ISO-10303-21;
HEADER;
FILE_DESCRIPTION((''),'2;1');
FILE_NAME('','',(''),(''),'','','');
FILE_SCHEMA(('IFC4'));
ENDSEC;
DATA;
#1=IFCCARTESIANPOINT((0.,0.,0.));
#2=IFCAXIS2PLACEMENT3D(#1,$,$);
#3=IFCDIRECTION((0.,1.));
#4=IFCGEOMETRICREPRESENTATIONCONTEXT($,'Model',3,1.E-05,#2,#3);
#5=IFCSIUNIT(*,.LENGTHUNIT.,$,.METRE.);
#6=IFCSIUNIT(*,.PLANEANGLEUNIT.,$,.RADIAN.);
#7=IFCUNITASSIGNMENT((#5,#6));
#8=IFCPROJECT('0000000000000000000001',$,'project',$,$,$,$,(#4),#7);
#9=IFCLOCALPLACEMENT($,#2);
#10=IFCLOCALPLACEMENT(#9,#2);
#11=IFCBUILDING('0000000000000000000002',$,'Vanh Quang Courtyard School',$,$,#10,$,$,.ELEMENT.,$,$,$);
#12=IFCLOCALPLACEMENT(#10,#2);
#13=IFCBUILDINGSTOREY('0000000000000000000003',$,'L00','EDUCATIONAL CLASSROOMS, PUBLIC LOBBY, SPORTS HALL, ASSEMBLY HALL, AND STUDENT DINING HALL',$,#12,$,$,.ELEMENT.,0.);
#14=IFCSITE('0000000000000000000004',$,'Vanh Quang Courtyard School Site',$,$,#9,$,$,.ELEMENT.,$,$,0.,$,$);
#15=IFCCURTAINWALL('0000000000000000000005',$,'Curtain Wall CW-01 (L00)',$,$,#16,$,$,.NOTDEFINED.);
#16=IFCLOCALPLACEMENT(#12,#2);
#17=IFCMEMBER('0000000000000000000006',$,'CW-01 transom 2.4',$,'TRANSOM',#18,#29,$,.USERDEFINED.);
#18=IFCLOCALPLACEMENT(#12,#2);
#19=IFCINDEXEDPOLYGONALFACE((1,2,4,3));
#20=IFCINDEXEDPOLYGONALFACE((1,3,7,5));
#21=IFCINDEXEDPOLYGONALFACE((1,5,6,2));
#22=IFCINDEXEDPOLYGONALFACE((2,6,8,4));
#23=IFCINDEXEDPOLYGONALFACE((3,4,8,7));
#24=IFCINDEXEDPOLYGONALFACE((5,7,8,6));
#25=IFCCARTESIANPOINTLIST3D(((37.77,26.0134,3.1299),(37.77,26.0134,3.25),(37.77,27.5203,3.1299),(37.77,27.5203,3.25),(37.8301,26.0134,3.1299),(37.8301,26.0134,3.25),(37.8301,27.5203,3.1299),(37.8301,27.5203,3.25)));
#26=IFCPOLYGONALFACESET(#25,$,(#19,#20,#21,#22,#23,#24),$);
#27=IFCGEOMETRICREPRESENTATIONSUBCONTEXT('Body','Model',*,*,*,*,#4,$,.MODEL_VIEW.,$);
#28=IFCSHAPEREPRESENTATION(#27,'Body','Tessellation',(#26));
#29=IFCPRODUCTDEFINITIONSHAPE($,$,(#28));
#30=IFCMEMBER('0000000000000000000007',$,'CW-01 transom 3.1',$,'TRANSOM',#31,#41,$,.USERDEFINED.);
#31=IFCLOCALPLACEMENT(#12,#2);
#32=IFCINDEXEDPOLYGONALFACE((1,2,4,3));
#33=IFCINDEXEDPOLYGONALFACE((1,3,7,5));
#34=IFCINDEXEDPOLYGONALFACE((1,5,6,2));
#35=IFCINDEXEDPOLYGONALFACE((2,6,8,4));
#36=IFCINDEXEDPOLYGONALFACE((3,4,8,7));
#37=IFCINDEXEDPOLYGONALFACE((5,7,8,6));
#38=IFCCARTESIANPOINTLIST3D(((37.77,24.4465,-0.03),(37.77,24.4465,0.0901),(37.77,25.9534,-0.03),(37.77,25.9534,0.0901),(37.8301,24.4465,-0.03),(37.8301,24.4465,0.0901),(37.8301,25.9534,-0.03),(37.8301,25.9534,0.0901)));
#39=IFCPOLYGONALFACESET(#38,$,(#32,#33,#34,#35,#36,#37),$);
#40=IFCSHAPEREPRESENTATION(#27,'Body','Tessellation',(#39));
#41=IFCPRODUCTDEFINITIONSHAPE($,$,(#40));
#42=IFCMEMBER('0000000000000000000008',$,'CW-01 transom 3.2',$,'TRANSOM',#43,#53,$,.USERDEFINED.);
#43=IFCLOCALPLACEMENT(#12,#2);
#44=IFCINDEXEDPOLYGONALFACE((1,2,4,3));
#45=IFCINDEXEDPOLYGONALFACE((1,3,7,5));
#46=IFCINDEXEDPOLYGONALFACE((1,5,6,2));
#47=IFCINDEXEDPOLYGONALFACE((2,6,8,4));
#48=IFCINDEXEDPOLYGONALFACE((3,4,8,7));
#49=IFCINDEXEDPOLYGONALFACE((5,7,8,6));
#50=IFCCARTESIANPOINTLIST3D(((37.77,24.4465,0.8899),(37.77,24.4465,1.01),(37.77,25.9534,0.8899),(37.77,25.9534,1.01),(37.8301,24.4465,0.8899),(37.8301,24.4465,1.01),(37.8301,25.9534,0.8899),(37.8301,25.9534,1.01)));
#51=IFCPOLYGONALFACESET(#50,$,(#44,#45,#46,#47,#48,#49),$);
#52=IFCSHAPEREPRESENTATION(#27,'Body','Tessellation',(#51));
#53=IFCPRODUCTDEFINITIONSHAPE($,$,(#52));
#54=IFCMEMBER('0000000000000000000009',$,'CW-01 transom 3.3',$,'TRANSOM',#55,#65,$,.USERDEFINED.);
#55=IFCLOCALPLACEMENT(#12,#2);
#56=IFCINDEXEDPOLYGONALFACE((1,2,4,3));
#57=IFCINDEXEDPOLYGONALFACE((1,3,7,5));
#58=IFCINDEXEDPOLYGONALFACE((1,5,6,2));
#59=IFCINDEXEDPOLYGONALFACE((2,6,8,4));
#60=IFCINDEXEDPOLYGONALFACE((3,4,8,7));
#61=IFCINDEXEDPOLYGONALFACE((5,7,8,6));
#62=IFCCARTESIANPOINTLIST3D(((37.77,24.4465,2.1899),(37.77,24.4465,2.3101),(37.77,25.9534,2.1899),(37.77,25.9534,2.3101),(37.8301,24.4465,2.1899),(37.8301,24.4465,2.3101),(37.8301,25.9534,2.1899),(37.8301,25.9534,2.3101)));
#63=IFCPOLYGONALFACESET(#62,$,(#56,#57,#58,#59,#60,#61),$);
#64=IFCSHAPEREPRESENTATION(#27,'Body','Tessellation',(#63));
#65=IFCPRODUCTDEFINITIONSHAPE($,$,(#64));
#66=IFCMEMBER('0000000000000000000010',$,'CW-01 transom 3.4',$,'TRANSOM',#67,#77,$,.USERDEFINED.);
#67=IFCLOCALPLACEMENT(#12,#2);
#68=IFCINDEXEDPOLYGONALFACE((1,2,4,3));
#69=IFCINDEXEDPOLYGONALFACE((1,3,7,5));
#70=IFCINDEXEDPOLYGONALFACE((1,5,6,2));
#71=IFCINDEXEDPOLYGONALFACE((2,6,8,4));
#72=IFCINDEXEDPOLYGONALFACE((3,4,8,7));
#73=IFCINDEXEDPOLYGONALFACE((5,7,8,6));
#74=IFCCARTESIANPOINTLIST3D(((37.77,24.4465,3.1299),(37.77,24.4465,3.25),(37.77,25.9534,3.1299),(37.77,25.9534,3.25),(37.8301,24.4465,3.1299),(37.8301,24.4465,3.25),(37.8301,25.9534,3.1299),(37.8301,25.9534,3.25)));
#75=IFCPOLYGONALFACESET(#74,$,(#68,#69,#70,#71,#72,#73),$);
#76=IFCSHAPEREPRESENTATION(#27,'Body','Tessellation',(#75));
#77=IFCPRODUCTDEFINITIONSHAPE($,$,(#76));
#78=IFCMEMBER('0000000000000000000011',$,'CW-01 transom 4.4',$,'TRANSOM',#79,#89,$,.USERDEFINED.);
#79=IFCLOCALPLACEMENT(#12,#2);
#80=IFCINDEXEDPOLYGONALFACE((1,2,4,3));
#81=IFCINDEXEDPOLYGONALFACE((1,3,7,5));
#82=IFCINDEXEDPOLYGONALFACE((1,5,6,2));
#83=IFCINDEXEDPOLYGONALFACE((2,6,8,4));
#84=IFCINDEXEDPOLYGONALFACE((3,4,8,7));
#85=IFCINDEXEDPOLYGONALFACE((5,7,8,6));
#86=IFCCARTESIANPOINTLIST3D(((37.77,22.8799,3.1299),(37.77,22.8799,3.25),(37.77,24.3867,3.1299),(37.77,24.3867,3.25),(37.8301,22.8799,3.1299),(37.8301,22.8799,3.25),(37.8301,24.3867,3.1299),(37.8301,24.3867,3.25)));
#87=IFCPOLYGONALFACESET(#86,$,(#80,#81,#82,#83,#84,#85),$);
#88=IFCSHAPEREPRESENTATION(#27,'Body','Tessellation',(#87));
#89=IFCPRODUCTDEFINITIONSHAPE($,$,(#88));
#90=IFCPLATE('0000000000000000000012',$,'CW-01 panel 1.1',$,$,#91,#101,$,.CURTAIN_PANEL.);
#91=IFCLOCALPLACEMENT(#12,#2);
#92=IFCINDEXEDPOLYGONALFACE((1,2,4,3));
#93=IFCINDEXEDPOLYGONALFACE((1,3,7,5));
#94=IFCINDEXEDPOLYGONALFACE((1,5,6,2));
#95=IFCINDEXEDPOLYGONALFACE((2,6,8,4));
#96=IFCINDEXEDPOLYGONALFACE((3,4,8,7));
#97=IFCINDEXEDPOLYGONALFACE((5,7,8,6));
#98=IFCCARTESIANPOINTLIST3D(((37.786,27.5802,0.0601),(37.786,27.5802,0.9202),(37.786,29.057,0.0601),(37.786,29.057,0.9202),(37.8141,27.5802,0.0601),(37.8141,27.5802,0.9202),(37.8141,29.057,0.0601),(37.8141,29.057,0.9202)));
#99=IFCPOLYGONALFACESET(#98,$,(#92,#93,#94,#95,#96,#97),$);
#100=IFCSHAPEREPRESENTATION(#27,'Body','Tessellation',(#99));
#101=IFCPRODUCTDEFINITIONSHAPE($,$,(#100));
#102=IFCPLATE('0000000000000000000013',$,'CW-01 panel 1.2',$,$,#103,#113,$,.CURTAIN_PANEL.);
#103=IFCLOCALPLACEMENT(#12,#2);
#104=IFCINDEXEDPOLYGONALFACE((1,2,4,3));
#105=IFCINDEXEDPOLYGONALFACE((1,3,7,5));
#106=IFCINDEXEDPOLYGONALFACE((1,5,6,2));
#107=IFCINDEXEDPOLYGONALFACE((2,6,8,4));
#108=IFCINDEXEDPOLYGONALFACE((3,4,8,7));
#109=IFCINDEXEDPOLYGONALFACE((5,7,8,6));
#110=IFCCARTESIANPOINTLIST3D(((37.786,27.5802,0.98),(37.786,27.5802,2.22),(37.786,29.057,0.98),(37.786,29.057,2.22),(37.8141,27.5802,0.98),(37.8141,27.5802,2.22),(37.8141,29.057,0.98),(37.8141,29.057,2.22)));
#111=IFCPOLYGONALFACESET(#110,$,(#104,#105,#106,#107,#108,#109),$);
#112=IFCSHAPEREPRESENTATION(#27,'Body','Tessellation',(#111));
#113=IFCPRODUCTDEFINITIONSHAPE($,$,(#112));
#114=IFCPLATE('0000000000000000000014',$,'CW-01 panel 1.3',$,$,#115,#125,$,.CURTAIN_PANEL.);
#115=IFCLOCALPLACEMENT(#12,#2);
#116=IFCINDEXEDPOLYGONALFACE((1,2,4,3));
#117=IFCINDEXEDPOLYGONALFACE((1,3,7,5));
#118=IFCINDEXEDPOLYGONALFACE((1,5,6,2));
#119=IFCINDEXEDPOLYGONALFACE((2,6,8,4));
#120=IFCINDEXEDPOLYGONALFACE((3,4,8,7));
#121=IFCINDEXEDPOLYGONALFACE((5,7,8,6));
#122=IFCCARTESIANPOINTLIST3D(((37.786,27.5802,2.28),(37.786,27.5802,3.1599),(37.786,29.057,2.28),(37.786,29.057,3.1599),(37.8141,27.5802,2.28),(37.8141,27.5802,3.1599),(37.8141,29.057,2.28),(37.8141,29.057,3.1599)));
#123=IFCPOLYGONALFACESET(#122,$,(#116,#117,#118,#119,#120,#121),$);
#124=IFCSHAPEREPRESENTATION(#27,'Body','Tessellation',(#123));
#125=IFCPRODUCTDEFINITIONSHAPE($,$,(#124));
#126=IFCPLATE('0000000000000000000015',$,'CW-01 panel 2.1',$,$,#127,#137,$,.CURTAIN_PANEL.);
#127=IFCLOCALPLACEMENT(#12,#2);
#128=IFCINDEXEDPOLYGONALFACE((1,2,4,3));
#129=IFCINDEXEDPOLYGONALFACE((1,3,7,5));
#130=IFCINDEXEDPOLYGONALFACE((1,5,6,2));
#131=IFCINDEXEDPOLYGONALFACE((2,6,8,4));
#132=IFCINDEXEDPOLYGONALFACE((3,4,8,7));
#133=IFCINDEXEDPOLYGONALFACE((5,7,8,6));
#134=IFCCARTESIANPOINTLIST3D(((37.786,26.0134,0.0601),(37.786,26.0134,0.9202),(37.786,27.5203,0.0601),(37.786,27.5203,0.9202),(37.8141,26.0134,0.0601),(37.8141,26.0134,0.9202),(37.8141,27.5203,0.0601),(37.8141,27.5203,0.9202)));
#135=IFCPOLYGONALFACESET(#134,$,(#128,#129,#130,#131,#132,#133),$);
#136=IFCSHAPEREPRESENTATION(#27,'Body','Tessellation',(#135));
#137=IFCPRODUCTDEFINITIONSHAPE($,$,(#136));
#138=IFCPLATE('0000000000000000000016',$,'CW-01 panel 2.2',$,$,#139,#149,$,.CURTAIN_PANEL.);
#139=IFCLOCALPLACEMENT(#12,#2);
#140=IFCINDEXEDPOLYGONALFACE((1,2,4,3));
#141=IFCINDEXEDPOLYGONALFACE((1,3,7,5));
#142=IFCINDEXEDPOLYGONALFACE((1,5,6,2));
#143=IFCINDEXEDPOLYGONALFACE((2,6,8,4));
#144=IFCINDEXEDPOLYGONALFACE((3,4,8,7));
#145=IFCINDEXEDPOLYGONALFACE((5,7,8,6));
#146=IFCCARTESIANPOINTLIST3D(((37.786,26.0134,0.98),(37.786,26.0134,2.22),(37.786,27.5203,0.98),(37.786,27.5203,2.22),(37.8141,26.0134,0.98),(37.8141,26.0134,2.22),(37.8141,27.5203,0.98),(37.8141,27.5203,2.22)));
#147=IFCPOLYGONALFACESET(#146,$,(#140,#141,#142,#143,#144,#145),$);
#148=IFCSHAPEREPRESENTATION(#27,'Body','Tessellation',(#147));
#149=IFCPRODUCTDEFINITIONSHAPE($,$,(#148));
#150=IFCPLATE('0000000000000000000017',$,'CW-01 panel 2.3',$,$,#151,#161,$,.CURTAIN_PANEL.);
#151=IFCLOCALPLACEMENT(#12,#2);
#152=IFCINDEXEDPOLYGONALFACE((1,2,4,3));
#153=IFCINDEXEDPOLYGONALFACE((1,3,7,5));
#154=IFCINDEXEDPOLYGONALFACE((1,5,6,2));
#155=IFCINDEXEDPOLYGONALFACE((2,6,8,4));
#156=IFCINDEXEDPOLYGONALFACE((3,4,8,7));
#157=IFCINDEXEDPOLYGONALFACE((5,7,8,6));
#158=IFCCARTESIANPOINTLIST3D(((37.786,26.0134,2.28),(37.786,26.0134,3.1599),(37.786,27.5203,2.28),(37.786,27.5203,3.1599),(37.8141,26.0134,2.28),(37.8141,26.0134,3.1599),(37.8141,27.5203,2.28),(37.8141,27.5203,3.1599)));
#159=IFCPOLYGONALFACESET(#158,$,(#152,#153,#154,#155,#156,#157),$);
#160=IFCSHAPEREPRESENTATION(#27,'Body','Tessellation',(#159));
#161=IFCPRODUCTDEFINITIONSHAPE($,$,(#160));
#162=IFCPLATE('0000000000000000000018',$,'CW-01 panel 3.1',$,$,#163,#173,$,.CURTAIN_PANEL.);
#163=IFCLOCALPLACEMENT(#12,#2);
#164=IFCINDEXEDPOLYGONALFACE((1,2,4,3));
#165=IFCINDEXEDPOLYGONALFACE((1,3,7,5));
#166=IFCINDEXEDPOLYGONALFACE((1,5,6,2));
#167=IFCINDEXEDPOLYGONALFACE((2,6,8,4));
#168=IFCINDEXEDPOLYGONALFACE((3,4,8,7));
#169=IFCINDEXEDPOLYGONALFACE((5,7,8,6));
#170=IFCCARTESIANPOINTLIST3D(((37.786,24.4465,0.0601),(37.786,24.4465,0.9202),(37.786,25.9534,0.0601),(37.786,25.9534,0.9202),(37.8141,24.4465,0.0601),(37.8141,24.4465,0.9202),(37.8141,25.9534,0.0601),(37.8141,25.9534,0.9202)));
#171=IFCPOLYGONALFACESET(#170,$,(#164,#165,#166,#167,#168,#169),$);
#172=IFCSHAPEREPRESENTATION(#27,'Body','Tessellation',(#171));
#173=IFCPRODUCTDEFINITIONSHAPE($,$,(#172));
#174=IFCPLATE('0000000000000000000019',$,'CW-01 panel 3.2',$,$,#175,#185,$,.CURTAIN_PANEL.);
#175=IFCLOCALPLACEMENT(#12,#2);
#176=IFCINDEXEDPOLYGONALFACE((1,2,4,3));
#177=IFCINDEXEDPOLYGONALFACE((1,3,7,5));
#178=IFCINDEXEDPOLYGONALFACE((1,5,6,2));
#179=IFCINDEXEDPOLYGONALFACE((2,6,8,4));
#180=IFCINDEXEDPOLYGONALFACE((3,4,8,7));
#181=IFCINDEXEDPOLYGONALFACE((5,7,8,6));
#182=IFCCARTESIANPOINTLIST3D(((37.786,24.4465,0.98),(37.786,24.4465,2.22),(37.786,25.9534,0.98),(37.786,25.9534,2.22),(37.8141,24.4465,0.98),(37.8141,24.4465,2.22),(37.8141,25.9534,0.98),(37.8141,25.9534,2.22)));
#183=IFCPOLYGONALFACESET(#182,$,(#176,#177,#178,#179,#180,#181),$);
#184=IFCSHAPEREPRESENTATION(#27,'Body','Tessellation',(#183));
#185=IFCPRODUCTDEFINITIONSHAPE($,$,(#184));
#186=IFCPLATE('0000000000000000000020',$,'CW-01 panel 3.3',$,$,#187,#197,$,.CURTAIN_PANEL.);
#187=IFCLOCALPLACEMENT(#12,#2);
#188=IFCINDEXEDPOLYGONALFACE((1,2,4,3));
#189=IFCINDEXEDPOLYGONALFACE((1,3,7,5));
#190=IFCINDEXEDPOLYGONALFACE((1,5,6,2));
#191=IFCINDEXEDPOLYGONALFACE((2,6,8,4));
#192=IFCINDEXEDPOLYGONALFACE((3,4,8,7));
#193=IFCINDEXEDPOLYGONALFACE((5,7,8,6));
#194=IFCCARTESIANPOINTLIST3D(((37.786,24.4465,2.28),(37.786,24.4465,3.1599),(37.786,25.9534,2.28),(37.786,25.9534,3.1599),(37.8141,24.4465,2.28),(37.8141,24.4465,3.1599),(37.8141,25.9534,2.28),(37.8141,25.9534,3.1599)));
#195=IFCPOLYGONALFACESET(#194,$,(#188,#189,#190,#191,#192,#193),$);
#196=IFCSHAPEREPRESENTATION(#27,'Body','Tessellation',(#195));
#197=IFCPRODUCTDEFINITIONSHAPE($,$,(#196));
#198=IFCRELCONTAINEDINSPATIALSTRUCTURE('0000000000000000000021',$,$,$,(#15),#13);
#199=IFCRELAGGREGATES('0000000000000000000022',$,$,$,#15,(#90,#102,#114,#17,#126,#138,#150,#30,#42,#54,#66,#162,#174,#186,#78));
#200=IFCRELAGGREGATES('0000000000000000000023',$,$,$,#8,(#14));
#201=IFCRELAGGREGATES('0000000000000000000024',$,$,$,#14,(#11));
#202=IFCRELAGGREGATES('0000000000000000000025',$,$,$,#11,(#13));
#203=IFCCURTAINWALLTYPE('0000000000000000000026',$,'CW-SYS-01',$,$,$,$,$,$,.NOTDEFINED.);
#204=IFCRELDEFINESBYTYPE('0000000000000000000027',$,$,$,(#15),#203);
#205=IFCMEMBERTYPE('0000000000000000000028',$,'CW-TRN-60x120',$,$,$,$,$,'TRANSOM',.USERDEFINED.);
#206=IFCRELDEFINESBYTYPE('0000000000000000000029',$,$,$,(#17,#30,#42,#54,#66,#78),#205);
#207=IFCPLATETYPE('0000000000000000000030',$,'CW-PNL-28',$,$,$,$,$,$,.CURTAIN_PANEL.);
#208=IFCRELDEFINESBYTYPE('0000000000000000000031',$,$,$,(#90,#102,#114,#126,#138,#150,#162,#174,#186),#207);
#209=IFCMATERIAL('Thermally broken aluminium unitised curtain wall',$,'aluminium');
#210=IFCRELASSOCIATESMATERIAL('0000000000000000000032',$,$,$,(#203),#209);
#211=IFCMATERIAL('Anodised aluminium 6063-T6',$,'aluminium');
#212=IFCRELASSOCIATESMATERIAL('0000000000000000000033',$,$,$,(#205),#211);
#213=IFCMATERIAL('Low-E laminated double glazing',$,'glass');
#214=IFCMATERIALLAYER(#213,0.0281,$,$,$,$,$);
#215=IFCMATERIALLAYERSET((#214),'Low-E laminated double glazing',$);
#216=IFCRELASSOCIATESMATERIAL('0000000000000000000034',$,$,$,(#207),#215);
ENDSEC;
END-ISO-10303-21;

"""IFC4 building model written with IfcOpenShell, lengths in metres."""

from ifc_helpers import new_model, si_unit, direction, frame, origin, origin_2d, place, context, subcontext, project, spatial, rectangle, extrude, material, layer, layer_set, material_profile, profile_set, type_object, element, aggregate, save


model = new_model("IFC4")

# Units and contexts
model_context = context("Model", 3, precision=1e-05, world=origin(), true_north=direction((0.0, 1.0)))
body_context = subcontext(model_context, "Body", "Model", "MODEL_VIEW")
ifc_project = project(units=[si_unit("LENGTHUNIT", "METRE"), si_unit("PLANEANGLEUNIT", "RADIAN")], contexts=[model_context])

# Site, building, storey
site_placement = place(None, origin())
site = spatial("IfcSite", under=ifc_project, at=site_placement, Name="Vanh Quang Courtyard School Site", CompositionType="ELEMENT", RefElevation=0.0)
building_placement = place(site_placement, origin())
building = spatial("IfcBuilding", under=site, at=building_placement, Name="Vanh Quang Courtyard School", CompositionType="ELEMENT")
storey_placement = place(building_placement, origin())
storey = spatial("IfcBuildingStorey", under=building, at=storey_placement, Name="L00", Description="EDUCATIONAL CLASSROOMS, PUBLIC LOBBY, SPORTS HALL, ASSEMBLY HALL, AND STUDENT DINING HALL", CompositionType="ELEMENT", Elevation=0.0)

# Curtain wall, members, plates
ifc_material_1 = material(Name="Thermally broken aluminium unitised curtain wall", Category="aluminium")
curtain_wall_type = type_object("IfcCurtainWallType", Name="CW-SYS-01", PredefinedType="NOTDEFINED", material=ifc_material_1)
curtain_wall_placement = place(storey_placement, origin())
curtain_wall = element("IfcCurtainWall", 1, at=curtain_wall_placement, inside=storey, type_object=curtain_wall_type, Name="Curtain Wall CW-01 (L00)", PredefinedType="NOTDEFINED")
ifc_material_2 = material(Name="Anodised aluminium 6063-T6", Category="aluminium")
ifc_material_profile_1 = material_profile(ifc_material_2, rectangle(XDim=0.0601, YDim=0.1201, at=origin_2d()), Name="ALU-TRN 60x120")
ifc_profile_set_1 = profile_set([ifc_material_profile_1], Name="Anodised aluminium 6063-T6")
member_type_1 = type_object("IfcMemberType", Name="CW-TRN-60x120", ElementType="TRANSOM", PredefinedType="USERDEFINED", material=ifc_profile_set_1)
member_1_placement = place(storey_placement, frame((37.8, 27.5203, 3.1899), z_axis=(0.0, -1.0, 0.0), x_axis=(1.0, 0.0, 0.0)))
member_1 = element("IfcMember", 2, at=member_1_placement, type_object=member_type_1, Name="CW-01 transom 2.4", ObjectType="TRANSOM", PredefinedType="USERDEFINED", context=body_context, shape_type="SweptSolid", body=[
    extrude(rectangle(XDim=0.0601, YDim=0.1201, at=origin_2d()), origin(), (0.0, 0.0, 1.0), 1.5068),
])
member_2_placement = place(storey_placement, frame((37.8, 25.9534, 0.03), z_axis=(0.0, -1.0, 0.0), x_axis=(1.0, 0.0, 0.0)))
member_2 = element("IfcMember", 3, at=member_2_placement, type_object=member_type_1, Name="CW-01 transom 3.1", ObjectType="TRANSOM", PredefinedType="USERDEFINED", context=body_context, shape_type="SweptSolid", body=[
    extrude(rectangle(XDim=0.0601, YDim=0.1201, at=origin_2d()), origin(), (0.0, 0.0, 1.0), 1.5068),
])
member_3_placement = place(storey_placement, frame((37.8, 25.9534, 0.95), z_axis=(0.0, -1.0, 0.0), x_axis=(1.0, 0.0, 0.0)))
member_3 = element("IfcMember", 4, at=member_3_placement, type_object=member_type_1, Name="CW-01 transom 3.2", ObjectType="TRANSOM", PredefinedType="USERDEFINED", context=body_context, shape_type="SweptSolid", body=[
    extrude(rectangle(XDim=0.0601, YDim=0.1201, at=origin_2d()), origin(), (0.0, 0.0, 1.0), 1.5068),
])
member_4_placement = place(storey_placement, frame((37.8, 25.9534, 2.25), z_axis=(0.0, -1.0, 0.0), x_axis=(1.0, 0.0, 0.0)))
member_4 = element("IfcMember", 5, at=member_4_placement, type_object=member_type_1, Name="CW-01 transom 3.3", ObjectType="TRANSOM", PredefinedType="USERDEFINED", context=body_context, shape_type="SweptSolid", body=[
    extrude(rectangle(XDim=0.0601, YDim=0.1201, at=origin_2d()), origin(), (0.0, 0.0, 1.0), 1.5068),
])
member_5_placement = place(storey_placement, frame((37.8, 25.9534, 3.1899), z_axis=(0.0, -1.0, 0.0), x_axis=(1.0, 0.0, 0.0)))
member_5 = element("IfcMember", 6, at=member_5_placement, type_object=member_type_1, Name="CW-01 transom 3.4", ObjectType="TRANSOM", PredefinedType="USERDEFINED", context=body_context, shape_type="SweptSolid", body=[
    extrude(rectangle(XDim=0.0601, YDim=0.1201, at=origin_2d()), origin(), (0.0, 0.0, 1.0), 1.5068),
])
member_6_placement = place(storey_placement, frame((37.8, 24.3867, 3.1899), z_axis=(0.0, -1.0, 0.0), x_axis=(1.0, 0.0, 0.0)))
member_6 = element("IfcMember", 7, at=member_6_placement, type_object=member_type_1, Name="CW-01 transom 4.4", ObjectType="TRANSOM", PredefinedType="USERDEFINED", context=body_context, shape_type="SweptSolid", body=[
    extrude(rectangle(XDim=0.0601, YDim=0.1201, at=origin_2d()), origin(), (0.0, 0.0, 1.0), 1.5068),
])
ifc_material_3 = material(Name="Low-E laminated double glazing", Category="glass")
ifc_layer = layer(ifc_material_3, 0.0281)
ifc_layer_set = layer_set([ifc_layer], Name="Low-E laminated double glazing")
plate_type = type_object("IfcPlateType", Name="CW-PNL-28", PredefinedType="CURTAIN_PANEL", material=ifc_layer_set)
plate_1_placement = place(storey_placement, frame((37.8, 28.3186, 0.0601), z_axis=(0.0, 0.0, 1.0), x_axis=(0.0, -1.0, 0.0)))
plate_1 = element("IfcPlate", 8, at=plate_1_placement, type_object=plate_type, Name="CW-01 panel 1.1", PredefinedType="CURTAIN_PANEL", context=body_context, shape_type="SweptSolid", body=[
    extrude(rectangle(XDim=1.4768, YDim=0.0281, at=origin_2d()), origin(), (0.0, 0.0, 1.0), 0.8601),
])
plate_2_placement = place(storey_placement, frame((37.8, 28.3186, 0.98), z_axis=(0.0, 0.0, 1.0), x_axis=(0.0, -1.0, 0.0)))
plate_2 = element("IfcPlate", 9, at=plate_2_placement, type_object=plate_type, Name="CW-01 panel 1.2", PredefinedType="CURTAIN_PANEL", context=body_context, shape_type="SweptSolid", body=[
    extrude(rectangle(XDim=1.4768, YDim=0.0281, at=origin_2d()), origin(), (0.0, 0.0, 1.0), 1.24),
])
plate_3_placement = place(storey_placement, frame((37.8, 28.3186, 2.28), z_axis=(0.0, 0.0, 1.0), x_axis=(0.0, -1.0, 0.0)))
plate_3 = element("IfcPlate", 10, at=plate_3_placement, type_object=plate_type, Name="CW-01 panel 1.3", PredefinedType="CURTAIN_PANEL", context=body_context, shape_type="SweptSolid", body=[
    extrude(rectangle(XDim=1.4768, YDim=0.0281, at=origin_2d()), origin(), (0.0, 0.0, 1.0), 0.8799),
])
plate_4_placement = place(storey_placement, frame((37.8, 26.7668, 0.0601), z_axis=(0.0, 0.0, 1.0), x_axis=(0.0, -1.0, 0.0)))
plate_4 = element("IfcPlate", 11, at=plate_4_placement, type_object=plate_type, Name="CW-01 panel 2.1", PredefinedType="CURTAIN_PANEL", context=body_context, shape_type="SweptSolid", body=[
    extrude(rectangle(XDim=1.5068, YDim=0.0281, at=origin_2d()), origin(), (0.0, 0.0, 1.0), 0.8601),
])
plate_5_placement = place(storey_placement, frame((37.8, 26.7668, 0.98), z_axis=(0.0, 0.0, 1.0), x_axis=(0.0, -1.0, 0.0)))
plate_5 = element("IfcPlate", 12, at=plate_5_placement, type_object=plate_type, Name="CW-01 panel 2.2", PredefinedType="CURTAIN_PANEL", context=body_context, shape_type="SweptSolid", body=[
    extrude(rectangle(XDim=1.5068, YDim=0.0281, at=origin_2d()), origin(), (0.0, 0.0, 1.0), 1.24),
])
plate_6_placement = place(storey_placement, frame((37.8, 26.7668, 2.28), z_axis=(0.0, 0.0, 1.0), x_axis=(0.0, -1.0, 0.0)))
plate_6 = element("IfcPlate", 13, at=plate_6_placement, type_object=plate_type, Name="CW-01 panel 2.3", PredefinedType="CURTAIN_PANEL", context=body_context, shape_type="SweptSolid", body=[
    extrude(rectangle(XDim=1.5068, YDim=0.0281, at=origin_2d()), origin(), (0.0, 0.0, 1.0), 0.8799),
])
plate_7_placement = place(storey_placement, frame((37.8, 25.2, 0.0601), z_axis=(0.0, 0.0, 1.0), x_axis=(0.0, -1.0, 0.0)))
plate_7 = element("IfcPlate", 14, at=plate_7_placement, type_object=plate_type, Name="CW-01 panel 3.1", PredefinedType="CURTAIN_PANEL", context=body_context, shape_type="SweptSolid", body=[
    extrude(rectangle(XDim=1.5068, YDim=0.0281, at=origin_2d()), origin(), (0.0, 0.0, 1.0), 0.8601),
])
plate_8_placement = place(storey_placement, frame((37.8, 25.2, 0.98), z_axis=(0.0, 0.0, 1.0), x_axis=(0.0, -1.0, 0.0)))
plate_8 = element("IfcPlate", 15, at=plate_8_placement, type_object=plate_type, Name="CW-01 panel 3.2", PredefinedType="CURTAIN_PANEL", context=body_context, shape_type="SweptSolid", body=[
    extrude(rectangle(XDim=1.5068, YDim=0.0281, at=origin_2d()), origin(), (0.0, 0.0, 1.0), 1.24),
])
plate_9_placement = place(storey_placement, frame((37.8, 25.2, 2.28), z_axis=(0.0, 0.0, 1.0), x_axis=(0.0, -1.0, 0.0)))
plate_9 = element("IfcPlate", 16, at=plate_9_placement, type_object=plate_type, Name="CW-01 panel 3.3", PredefinedType="CURTAIN_PANEL", context=body_context, shape_type="SweptSolid", body=[
    extrude(rectangle(XDim=1.5068, YDim=0.0281, at=origin_2d()), origin(), (0.0, 0.0, 1.0), 0.8799),
])
aggregate(curtain_wall, [plate_1, plate_2, plate_3, member_1, plate_4, plate_5, plate_6, member_2, member_3, member_4, member_5, plate_7, plate_8, plate_9, member_6])

save(model, "model.ifc")
